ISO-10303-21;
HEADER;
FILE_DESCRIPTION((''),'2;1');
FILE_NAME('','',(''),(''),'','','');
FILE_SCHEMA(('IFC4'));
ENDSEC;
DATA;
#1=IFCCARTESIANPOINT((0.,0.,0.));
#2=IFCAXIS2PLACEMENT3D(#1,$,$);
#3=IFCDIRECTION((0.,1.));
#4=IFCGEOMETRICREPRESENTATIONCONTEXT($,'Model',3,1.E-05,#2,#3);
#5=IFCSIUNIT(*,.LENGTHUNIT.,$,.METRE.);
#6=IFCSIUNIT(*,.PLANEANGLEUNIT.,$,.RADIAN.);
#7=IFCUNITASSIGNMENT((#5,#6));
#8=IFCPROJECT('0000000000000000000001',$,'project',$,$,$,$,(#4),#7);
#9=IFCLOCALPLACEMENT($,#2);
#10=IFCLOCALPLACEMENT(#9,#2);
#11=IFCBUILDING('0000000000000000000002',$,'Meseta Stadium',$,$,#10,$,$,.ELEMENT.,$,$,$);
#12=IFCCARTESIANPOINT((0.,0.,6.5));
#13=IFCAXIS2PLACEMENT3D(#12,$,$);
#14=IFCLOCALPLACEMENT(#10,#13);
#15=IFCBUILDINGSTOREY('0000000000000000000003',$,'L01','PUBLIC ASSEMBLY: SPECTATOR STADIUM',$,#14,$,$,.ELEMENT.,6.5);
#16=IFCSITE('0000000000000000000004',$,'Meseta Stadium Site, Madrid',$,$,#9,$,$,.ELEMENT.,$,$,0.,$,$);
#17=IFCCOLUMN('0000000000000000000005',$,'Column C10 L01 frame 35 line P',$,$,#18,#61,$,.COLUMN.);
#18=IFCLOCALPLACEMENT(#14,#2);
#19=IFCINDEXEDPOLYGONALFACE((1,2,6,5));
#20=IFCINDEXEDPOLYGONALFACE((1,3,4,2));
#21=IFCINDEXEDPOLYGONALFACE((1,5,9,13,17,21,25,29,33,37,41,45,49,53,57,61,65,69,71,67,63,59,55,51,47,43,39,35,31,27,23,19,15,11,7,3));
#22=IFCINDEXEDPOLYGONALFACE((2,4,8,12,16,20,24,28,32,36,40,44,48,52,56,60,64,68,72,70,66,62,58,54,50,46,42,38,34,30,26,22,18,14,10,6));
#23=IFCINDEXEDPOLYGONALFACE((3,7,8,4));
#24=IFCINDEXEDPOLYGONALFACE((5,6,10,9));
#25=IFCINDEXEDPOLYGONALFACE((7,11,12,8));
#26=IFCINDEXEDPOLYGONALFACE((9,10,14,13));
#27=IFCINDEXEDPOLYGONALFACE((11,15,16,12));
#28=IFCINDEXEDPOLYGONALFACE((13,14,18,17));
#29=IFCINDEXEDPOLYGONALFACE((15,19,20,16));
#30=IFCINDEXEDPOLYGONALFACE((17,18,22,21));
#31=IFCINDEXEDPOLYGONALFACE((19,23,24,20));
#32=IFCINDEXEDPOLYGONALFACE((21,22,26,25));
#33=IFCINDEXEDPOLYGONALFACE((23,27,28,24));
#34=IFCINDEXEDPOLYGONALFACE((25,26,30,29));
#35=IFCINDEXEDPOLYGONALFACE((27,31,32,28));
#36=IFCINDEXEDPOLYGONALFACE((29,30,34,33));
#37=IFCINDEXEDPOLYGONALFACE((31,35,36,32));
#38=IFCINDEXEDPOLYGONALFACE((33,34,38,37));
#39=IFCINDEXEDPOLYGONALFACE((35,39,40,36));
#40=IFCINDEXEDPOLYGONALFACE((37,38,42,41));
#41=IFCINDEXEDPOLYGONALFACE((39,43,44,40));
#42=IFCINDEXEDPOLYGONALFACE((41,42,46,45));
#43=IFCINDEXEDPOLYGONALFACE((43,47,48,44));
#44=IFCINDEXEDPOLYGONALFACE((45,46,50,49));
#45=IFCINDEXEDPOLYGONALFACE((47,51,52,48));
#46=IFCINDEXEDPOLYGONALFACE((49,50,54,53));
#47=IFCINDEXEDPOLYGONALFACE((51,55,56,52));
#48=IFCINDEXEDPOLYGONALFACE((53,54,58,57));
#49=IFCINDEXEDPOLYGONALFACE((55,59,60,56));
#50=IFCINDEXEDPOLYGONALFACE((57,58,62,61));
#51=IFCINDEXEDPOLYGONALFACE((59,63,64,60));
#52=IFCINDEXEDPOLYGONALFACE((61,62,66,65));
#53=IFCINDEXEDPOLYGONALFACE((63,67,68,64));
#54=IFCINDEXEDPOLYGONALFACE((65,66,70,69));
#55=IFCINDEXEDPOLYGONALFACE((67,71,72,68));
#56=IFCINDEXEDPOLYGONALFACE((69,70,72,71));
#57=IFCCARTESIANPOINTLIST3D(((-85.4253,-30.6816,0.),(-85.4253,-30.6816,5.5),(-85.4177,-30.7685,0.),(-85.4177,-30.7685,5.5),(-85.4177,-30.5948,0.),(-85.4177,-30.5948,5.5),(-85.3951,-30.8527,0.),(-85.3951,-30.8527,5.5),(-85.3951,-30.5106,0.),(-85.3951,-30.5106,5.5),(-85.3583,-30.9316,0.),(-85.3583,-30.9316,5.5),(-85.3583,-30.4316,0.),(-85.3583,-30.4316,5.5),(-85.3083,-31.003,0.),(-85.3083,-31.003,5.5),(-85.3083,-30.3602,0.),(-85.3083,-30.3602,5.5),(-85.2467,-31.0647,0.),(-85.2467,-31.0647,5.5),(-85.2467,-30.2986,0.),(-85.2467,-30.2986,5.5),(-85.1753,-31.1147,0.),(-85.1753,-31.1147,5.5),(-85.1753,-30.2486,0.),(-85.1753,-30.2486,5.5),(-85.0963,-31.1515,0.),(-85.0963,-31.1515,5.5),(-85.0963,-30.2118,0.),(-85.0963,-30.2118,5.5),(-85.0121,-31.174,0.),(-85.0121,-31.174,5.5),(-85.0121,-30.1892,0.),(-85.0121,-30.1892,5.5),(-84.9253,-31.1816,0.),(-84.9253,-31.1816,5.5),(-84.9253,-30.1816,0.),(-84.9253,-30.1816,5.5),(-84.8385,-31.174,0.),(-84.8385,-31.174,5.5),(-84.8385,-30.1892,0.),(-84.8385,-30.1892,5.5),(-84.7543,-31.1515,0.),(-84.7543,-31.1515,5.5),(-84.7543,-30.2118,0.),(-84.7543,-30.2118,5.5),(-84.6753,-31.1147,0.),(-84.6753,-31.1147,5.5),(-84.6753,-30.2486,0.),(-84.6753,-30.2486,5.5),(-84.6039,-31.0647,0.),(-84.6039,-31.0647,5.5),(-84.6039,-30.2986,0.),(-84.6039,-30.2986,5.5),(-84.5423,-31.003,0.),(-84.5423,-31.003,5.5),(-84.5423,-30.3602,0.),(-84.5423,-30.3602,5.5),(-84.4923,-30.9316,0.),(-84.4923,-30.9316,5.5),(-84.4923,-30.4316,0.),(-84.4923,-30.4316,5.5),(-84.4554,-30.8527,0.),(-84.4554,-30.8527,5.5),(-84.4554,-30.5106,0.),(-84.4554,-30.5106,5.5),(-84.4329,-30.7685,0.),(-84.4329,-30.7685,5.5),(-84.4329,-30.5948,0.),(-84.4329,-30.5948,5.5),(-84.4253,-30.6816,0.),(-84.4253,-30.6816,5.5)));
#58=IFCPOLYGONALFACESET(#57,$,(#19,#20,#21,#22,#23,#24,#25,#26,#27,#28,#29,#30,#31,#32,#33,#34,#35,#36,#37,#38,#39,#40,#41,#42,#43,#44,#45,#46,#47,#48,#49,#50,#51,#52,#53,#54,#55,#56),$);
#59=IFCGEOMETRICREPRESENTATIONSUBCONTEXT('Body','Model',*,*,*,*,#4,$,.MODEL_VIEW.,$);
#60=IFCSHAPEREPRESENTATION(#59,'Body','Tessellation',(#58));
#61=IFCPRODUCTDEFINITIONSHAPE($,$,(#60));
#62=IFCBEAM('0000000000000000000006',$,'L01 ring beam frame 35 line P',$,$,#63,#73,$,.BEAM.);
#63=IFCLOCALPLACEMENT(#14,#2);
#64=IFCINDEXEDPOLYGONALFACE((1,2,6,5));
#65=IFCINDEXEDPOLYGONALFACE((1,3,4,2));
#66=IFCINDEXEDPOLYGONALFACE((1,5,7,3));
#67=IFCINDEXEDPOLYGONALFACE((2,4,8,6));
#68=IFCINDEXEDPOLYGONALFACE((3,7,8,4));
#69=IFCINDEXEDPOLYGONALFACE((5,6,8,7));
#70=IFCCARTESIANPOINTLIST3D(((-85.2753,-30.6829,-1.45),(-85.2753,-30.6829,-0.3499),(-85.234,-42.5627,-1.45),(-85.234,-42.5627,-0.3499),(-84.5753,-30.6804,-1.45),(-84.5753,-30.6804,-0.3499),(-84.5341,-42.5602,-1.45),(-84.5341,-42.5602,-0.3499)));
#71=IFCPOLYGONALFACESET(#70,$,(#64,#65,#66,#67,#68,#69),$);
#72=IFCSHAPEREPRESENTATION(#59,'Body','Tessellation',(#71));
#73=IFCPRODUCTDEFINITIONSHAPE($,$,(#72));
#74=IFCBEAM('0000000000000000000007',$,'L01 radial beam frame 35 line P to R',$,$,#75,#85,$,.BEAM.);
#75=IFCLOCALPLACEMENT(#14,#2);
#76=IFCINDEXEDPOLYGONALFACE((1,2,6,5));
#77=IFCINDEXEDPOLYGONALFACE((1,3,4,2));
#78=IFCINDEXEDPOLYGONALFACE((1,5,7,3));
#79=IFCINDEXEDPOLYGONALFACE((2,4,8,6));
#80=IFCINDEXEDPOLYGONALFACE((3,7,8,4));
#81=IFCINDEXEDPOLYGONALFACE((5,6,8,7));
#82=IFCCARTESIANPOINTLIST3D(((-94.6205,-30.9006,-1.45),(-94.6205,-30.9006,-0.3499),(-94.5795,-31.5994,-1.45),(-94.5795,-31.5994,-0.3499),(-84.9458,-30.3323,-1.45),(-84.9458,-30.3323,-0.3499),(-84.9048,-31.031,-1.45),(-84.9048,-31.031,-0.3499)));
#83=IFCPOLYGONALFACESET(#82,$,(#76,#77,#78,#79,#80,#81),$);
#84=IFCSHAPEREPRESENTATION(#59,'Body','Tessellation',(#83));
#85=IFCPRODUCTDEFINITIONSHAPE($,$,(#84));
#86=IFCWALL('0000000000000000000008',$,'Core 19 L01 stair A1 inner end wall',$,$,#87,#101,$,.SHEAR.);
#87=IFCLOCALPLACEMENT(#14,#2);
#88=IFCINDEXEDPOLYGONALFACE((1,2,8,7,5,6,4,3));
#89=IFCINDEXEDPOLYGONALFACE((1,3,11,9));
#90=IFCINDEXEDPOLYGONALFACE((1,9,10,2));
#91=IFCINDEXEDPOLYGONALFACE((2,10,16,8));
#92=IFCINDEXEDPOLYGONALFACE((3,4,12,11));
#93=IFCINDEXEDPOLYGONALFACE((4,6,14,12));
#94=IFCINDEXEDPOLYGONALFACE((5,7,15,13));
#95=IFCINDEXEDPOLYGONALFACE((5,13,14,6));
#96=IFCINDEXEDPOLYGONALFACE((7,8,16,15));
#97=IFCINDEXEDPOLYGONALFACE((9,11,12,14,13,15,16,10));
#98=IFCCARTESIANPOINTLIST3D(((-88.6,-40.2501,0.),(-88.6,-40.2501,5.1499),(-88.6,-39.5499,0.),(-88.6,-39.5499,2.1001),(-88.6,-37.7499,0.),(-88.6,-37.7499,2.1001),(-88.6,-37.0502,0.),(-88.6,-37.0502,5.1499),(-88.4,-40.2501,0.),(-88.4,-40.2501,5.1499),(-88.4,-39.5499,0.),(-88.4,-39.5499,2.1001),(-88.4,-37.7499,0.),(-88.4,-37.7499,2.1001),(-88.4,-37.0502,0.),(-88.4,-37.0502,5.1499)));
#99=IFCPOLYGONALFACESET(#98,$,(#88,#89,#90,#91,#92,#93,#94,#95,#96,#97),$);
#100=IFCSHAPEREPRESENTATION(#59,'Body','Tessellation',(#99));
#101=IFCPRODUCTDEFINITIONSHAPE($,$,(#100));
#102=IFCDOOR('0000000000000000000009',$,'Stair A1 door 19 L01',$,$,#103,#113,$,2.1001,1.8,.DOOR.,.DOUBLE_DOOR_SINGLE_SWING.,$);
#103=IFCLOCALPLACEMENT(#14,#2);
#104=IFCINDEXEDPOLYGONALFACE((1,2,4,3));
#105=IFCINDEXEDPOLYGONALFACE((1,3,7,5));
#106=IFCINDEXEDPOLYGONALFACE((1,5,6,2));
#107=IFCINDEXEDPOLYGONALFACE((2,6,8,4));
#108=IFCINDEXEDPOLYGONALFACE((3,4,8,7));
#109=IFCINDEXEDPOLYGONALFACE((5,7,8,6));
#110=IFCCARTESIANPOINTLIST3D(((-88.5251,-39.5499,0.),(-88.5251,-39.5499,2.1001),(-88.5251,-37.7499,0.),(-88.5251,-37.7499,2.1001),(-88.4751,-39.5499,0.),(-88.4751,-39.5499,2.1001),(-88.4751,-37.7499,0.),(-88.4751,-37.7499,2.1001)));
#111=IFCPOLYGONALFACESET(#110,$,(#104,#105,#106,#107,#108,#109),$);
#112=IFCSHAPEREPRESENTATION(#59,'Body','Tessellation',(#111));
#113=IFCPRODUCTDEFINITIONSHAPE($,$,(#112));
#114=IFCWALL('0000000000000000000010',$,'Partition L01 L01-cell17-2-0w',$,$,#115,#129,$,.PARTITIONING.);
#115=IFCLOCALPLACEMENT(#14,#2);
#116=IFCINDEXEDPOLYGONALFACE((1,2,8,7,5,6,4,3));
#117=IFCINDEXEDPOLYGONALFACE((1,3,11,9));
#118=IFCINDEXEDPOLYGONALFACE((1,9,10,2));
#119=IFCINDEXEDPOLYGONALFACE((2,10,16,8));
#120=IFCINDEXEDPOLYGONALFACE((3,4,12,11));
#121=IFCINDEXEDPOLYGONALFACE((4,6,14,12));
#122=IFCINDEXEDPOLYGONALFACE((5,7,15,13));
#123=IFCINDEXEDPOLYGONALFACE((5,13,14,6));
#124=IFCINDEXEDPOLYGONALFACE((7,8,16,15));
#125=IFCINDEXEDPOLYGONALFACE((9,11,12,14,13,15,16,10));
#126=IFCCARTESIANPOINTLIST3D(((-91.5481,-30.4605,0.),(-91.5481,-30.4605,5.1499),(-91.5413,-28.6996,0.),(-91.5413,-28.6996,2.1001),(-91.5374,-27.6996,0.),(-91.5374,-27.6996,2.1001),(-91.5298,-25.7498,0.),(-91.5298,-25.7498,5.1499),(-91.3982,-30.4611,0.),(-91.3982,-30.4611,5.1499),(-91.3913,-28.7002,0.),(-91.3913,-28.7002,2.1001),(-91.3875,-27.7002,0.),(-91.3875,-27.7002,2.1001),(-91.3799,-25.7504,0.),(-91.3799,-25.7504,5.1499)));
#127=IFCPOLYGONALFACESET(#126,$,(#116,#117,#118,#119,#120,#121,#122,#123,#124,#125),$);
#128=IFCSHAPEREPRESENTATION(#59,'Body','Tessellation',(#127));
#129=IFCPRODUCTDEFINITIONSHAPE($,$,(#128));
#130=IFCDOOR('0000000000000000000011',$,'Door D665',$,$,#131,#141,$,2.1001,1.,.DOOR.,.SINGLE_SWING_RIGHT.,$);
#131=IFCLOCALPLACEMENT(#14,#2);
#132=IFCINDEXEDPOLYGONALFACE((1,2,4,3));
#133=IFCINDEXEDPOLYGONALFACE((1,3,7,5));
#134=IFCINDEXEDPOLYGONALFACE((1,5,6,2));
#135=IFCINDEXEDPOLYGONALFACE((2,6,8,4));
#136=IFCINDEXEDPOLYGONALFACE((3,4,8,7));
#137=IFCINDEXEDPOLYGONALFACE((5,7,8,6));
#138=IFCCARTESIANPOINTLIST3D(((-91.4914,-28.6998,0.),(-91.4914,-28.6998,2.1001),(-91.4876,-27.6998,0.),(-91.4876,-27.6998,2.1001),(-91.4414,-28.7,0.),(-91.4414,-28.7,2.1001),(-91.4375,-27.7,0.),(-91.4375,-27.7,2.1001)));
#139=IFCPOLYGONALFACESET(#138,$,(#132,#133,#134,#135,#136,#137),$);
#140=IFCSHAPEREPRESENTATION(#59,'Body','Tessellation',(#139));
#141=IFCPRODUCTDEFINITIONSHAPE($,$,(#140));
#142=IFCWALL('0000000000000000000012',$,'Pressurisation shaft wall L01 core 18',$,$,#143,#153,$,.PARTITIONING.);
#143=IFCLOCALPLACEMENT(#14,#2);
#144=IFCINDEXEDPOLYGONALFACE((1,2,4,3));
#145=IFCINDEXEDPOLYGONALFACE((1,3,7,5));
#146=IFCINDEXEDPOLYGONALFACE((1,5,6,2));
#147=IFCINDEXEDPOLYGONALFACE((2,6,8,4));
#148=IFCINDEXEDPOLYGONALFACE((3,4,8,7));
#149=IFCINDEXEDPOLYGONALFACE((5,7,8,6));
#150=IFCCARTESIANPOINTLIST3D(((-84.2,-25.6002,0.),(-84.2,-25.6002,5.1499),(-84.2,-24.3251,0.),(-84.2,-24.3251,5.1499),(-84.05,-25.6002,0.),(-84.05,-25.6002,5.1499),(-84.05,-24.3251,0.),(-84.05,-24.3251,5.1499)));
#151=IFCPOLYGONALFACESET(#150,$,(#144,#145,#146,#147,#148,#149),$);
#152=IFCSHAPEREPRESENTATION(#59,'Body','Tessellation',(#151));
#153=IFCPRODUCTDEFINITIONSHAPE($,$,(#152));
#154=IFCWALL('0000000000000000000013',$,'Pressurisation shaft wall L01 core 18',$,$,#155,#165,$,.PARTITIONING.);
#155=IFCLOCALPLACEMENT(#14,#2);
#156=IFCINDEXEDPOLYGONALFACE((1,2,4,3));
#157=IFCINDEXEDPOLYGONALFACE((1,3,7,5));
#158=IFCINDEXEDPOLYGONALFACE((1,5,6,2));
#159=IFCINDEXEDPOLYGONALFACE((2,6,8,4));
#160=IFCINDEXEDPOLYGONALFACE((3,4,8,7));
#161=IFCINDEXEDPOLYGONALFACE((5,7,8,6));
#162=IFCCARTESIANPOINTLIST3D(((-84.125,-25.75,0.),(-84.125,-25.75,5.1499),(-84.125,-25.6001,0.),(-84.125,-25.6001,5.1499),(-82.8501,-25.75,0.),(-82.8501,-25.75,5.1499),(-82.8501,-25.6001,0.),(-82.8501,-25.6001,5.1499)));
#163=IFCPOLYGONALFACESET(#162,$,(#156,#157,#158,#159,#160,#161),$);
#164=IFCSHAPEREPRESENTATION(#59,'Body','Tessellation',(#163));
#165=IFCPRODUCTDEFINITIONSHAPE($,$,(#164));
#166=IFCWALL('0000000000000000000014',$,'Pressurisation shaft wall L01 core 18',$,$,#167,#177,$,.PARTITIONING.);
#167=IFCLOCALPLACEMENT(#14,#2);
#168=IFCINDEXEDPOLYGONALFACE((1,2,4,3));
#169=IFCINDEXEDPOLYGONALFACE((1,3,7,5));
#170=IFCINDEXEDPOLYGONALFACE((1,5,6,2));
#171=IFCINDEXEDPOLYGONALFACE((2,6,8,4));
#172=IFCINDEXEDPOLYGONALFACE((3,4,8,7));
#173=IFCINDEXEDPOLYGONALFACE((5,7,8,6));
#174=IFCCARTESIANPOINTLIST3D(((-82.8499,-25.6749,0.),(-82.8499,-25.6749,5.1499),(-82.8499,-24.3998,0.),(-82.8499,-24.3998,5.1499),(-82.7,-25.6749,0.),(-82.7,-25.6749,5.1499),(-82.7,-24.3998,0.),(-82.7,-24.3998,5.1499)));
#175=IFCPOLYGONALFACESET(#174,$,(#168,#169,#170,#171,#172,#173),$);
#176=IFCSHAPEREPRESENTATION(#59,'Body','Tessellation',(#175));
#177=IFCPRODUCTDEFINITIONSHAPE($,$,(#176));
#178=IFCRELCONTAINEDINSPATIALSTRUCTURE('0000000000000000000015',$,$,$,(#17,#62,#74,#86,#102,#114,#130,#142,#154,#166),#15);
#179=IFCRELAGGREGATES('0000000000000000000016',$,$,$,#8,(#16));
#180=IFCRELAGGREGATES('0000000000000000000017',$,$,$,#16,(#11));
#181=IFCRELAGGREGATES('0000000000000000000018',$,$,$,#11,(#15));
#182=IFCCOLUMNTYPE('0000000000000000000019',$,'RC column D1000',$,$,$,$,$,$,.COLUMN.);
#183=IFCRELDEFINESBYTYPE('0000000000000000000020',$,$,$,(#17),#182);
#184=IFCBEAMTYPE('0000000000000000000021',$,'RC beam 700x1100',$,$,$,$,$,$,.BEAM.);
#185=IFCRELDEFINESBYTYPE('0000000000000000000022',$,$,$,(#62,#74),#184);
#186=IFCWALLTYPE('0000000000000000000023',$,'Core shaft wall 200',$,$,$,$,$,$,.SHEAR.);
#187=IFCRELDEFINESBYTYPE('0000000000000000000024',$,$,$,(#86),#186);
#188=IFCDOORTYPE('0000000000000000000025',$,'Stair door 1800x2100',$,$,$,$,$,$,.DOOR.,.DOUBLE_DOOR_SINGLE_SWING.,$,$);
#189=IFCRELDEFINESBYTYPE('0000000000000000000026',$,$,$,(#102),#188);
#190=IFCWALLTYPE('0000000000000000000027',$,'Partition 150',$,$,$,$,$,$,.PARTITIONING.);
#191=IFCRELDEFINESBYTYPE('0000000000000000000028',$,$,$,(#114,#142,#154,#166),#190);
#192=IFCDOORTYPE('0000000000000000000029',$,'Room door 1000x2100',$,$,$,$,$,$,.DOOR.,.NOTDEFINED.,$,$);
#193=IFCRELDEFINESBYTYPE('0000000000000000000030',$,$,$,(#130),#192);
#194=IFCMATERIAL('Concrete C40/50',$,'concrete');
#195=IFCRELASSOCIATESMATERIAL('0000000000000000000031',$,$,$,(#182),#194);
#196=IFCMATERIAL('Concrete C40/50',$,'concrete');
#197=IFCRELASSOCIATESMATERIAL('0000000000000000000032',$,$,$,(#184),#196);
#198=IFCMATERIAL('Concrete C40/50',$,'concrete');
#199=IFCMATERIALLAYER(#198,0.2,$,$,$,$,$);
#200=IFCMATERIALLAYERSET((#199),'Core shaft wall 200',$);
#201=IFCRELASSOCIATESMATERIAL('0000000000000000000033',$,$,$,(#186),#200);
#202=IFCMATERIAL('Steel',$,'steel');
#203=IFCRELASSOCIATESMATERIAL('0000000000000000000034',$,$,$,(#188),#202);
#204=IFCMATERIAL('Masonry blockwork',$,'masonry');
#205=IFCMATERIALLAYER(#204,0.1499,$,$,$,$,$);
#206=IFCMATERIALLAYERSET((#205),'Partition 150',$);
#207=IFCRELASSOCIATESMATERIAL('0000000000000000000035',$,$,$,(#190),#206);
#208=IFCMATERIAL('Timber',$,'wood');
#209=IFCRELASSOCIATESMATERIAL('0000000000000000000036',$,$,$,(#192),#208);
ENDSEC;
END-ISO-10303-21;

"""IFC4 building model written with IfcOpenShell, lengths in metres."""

from ifc_helpers import new_model, si_unit, direction, frame, frame_2d, origin, origin_2d, place, context, subcontext, project, spatial, rectangle, circle, extrude, material, layer, layer_set, material_profile, profile_set, type_object, element, fill, save


model = new_model("IFC4")

# Units and contexts
model_context = context("Model", 3, precision=1e-05, world=origin(), true_north=direction((0.0, 1.0)))
body_context = subcontext(model_context, "Body", "Model", "MODEL_VIEW")
ifc_project = project(units=[si_unit("LENGTHUNIT", "METRE"), si_unit("PLANEANGLEUNIT", "RADIAN")], contexts=[model_context])

# Site, building, storey
site_placement = place(None, origin())
site = spatial("IfcSite", under=ifc_project, at=site_placement, Name="Meseta Stadium Site, Madrid", CompositionType="ELEMENT", RefElevation=0.0)
building_placement = place(site_placement, origin())
building = spatial("IfcBuilding", under=site, at=building_placement, Name="Meseta Stadium", CompositionType="ELEMENT")
storey_placement = place(building_placement, frame((0.0, 0.0, 6.5)))
storey = spatial("IfcBuildingStorey", under=building, at=storey_placement, Name="L01", Description="PUBLIC ASSEMBLY: SPECTATOR STADIUM", CompositionType="ELEMENT", Elevation=6.5)

# Column
ifc_material_1 = material(Name="Concrete C40/50", Category="concrete")
ifc_material_profile_1 = material_profile(ifc_material_1, circle(Radius=0.5, at=origin_2d()), Name="RC D1000")
ifc_profile_set_1 = profile_set([ifc_material_profile_1], Name="Concrete C40/50")
column_type = type_object("IfcColumnType", Name="RC column D1000", PredefinedType="COLUMN", material=ifc_profile_set_1)
column_placement = place(storey_placement, frame((-84.9253, -30.6816, 0.0), z_axis=(0.0, 0.0, 1.0), x_axis=(1.0, 0.0, 0.0)))
element("IfcColumn", 1, at=column_placement, inside=storey, type_object=column_type, Name="Column C10 L01 frame 35 line P", PredefinedType="COLUMN", context=body_context, shape_type="SweptSolid", body=[
    extrude(circle(Radius=0.5, at=origin_2d()), origin(), (0.0, 0.0, 1.0), 5.5),
])

# Beams
ifc_material_2 = material(Name="Concrete C40/50", Category="concrete")
ifc_material_profile_2 = material_profile(ifc_material_2, rectangle(XDim=0.7, YDim=1.1001, at=origin_2d()), Name="RC 700x1100")
ifc_profile_set_2 = profile_set([ifc_material_profile_2], Name="Concrete C40/50")
beam_type = type_object("IfcBeamType", Name="RC beam 700x1100", PredefinedType="BEAM", material=ifc_profile_set_2)
beam_1_placement = place(storey_placement, frame((-84.9253, -30.6816, -0.8999), z_axis=(0.003473, -0.999994, 0.0), x_axis=(0.999994, 0.003473, 0.0)))
element("IfcBeam", 2, at=beam_1_placement, inside=storey, type_object=beam_type, Name="L01 ring beam frame 35 line P", PredefinedType="BEAM", context=body_context, shape_type="SweptSolid", body=[
    extrude(rectangle(XDim=0.7, YDim=1.1001, at=origin_2d()), origin(), (0.0, 0.0, 1.0), 11.8799),
])
beam_2_placement = place(storey_placement, frame((-84.9253, -30.6816, -0.8999), z_axis=(-0.998279, -0.058645, 0.0), x_axis=(0.058645, -0.998279, 0.0)))
element("IfcBeam", 3, at=beam_2_placement, inside=storey, type_object=beam_type, Name="L01 radial beam frame 35 line P to R", PredefinedType="BEAM", context=body_context, shape_type="SweptSolid", body=[
    extrude(rectangle(XDim=0.7, YDim=1.1001, at=origin_2d()), origin(), (0.0, 0.0, 1.0), 9.6914),
])

# Walls, openings, doors
ifc_material_3 = material(Name="Concrete C40/50", Category="concrete")
ifc_layer_1 = layer(ifc_material_3, 0.2)
ifc_layer_set_1 = layer_set([ifc_layer_1], Name="Core shaft wall 200")
wall_type_1 = type_object("IfcWallType", Name="Core shaft wall 200", PredefinedType="SHEAR", material=ifc_layer_set_1)
wall_1_placement = place(storey_placement, frame((-88.5, -37.05, 0.0), z_axis=(0.0, 0.0, 1.0), x_axis=(0.0, -1.0, 0.0)))
wall_1 = element("IfcWall", 4, at=wall_1_placement, inside=storey, type_object=wall_type_1, Name="Core 19 L01 stair A1 inner end wall", PredefinedType="SHEAR", context=body_context, shape_type="SweptSolid", body=[
    extrude(rectangle(XDim=3.2, YDim=0.2, at=frame_2d((1.6001, 0.0))), origin(), (0.0, 0.0, 1.0), 5.1499),
])
opening_1_placement = place(wall_1_placement, frame((0.7, 0.0, 0.0)))
opening_1 = element("IfcOpeningElement", 5, at=opening_1_placement, cuts=wall_1, PredefinedType="OPENING", context=body_context, shape_type="SweptSolid", body=[
    extrude(rectangle(XDim=1.8, YDim=2.1001, at=frame_2d((0.8999, 1.05))), frame((0.0, 0.1099, 0.0), z_axis=(0.0, -1.0, 0.0), x_axis=(1.0, 0.0, 0.0)), (0.0, 0.0, 1.0), 0.22),
])
ifc_material_4 = material(Name="Steel", Category="steel")
door_type_1 = type_object("IfcDoorType", Name="Stair door 1800x2100", OperationType="DOUBLE_DOOR_SINGLE_SWING", PredefinedType="DOOR", material=ifc_material_4)
door_1_placement = place(opening_1_placement, origin())
door_1 = element("IfcDoor", 6, at=door_1_placement, inside=storey, type_object=door_type_1, Name="Stair A1 door 19 L01", OperationType="DOUBLE_DOOR_SINGLE_SWING", OverallHeight=2.1001, OverallWidth=1.8, PredefinedType="DOOR", context=body_context, shape_type="SweptSolid", body=[
    extrude(rectangle(XDim=1.8, YDim=2.1001, at=frame_2d((0.8999, 1.05))), frame((0.0, 0.0249, 0.0), z_axis=(0.0, -1.0, 0.0), x_axis=(1.0, 0.0, 0.0)), (0.0, 0.0, 1.0), 0.05),
])
fill(opening_1, door_1)
ifc_material_5 = material(Name="Masonry blockwork", Category="masonry")
ifc_layer_2 = layer(ifc_material_5, 0.1499)
ifc_layer_set_2 = layer_set([ifc_layer_2], Name="Partition 150")
wall_type_2 = type_object("IfcWallType", Name="Partition 150", PredefinedType="PARTITIONING", material=ifc_layer_set_2)
wall_2_placement = place(storey_placement, frame((-91.4548, -25.75, 0.0), z_axis=(0.0, 0.0, 1.0), x_axis=(-0.003887, -0.999992, 0.0)))
wall_2 = element("IfcWall", 7, at=wall_2_placement, inside=storey, type_object=wall_type_2, Name="Partition L01 L01-cell17-2-0w", PredefinedType="PARTITIONING", context=body_context, shape_type="SweptSolid", body=[
    extrude(rectangle(XDim=4.7107, YDim=0.1499, at=frame_2d((2.3555, 0.0))), origin(), (0.0, 0.0, 1.0), 5.1499),
])
opening_2_placement = place(wall_2_placement, frame((1.95, 0.0, 0.0)))
opening_2 = element("IfcOpeningElement", 8, at=opening_2_placement, cuts=wall_2, PredefinedType="OPENING", context=body_context, shape_type="SweptSolid", body=[
    extrude(rectangle(XDim=1.0, YDim=2.1001, at=frame_2d((0.5, 1.05))), frame((0.0, 0.085, 0.0), z_axis=(0.0, -1.0, 0.0), x_axis=(1.0, 0.0, 0.0)), (0.0, 0.0, 1.0), 0.1699),
])
ifc_material_6 = material(Name="Timber", Category="wood")
door_type_2 = type_object("IfcDoorType", Name="Room door 1000x2100", OperationType="NOTDEFINED", PredefinedType="DOOR", material=ifc_material_6)
door_2_placement = place(opening_2_placement, origin())
door_2 = element("IfcDoor", 9, at=door_2_placement, inside=storey, type_object=door_type_2, Name="Door D665", OperationType="SINGLE_SWING_RIGHT", OverallHeight=2.1001, OverallWidth=1.0, PredefinedType="DOOR", context=body_context, shape_type="SweptSolid", body=[
    extrude(rectangle(XDim=1.0, YDim=2.1001, at=frame_2d((0.5, 1.05))), frame((0.0, 0.0249, 0.0), z_axis=(0.0, -1.0, 0.0), x_axis=(1.0, 0.0, 0.0)), (0.0, 0.0, 1.0), 0.05),
])
fill(opening_2, door_2)

# Walls
wall_3_placement = place(storey_placement, frame((-84.125, -24.325, 0.0), z_axis=(0.0, 0.0, 1.0), x_axis=(0.0, -1.0, 0.0)))
element("IfcWall", 10, at=wall_3_placement, inside=storey, type_object=wall_type_2, Name="Pressurisation shaft wall L01 core 18", PredefinedType="PARTITIONING", context=body_context, shape_type="SweptSolid", body=[
    extrude(rectangle(XDim=1.2751, YDim=0.1499, at=frame_2d((0.6377, 0.0))), origin(), (0.0, 0.0, 1.0), 5.1499),
])
wall_4_placement = place(storey_placement, frame((-84.125, -25.675, 0.0), z_axis=(0.0, 0.0, 1.0), x_axis=(1.0, 0.0, 0.0)))
element("IfcWall", 11, at=wall_4_placement, inside=storey, type_object=wall_type_2, Name="Pressurisation shaft wall L01 core 18", PredefinedType="PARTITIONING", context=body_context, shape_type="SweptSolid", body=[
    extrude(rectangle(XDim=1.2749, YDim=0.1499, at=frame_2d((0.6375, 0.0))), origin(), (0.0, 0.0, 1.0), 5.1499),
])
wall_5_placement = place(storey_placement, frame((-82.7749, -25.675, 0.0), z_axis=(0.0, 0.0, 1.0), x_axis=(0.0, 1.0, 0.0)))
element("IfcWall", 12, at=wall_5_placement, inside=storey, type_object=wall_type_2, Name="Pressurisation shaft wall L01 core 18", PredefinedType="PARTITIONING", context=body_context, shape_type="SweptSolid", body=[
    extrude(rectangle(XDim=1.2751, YDim=0.1499, at=frame_2d((0.6377, 0.0))), origin(), (0.0, 0.0, 1.0), 5.1499),
])

save(model, "model.ifc")
